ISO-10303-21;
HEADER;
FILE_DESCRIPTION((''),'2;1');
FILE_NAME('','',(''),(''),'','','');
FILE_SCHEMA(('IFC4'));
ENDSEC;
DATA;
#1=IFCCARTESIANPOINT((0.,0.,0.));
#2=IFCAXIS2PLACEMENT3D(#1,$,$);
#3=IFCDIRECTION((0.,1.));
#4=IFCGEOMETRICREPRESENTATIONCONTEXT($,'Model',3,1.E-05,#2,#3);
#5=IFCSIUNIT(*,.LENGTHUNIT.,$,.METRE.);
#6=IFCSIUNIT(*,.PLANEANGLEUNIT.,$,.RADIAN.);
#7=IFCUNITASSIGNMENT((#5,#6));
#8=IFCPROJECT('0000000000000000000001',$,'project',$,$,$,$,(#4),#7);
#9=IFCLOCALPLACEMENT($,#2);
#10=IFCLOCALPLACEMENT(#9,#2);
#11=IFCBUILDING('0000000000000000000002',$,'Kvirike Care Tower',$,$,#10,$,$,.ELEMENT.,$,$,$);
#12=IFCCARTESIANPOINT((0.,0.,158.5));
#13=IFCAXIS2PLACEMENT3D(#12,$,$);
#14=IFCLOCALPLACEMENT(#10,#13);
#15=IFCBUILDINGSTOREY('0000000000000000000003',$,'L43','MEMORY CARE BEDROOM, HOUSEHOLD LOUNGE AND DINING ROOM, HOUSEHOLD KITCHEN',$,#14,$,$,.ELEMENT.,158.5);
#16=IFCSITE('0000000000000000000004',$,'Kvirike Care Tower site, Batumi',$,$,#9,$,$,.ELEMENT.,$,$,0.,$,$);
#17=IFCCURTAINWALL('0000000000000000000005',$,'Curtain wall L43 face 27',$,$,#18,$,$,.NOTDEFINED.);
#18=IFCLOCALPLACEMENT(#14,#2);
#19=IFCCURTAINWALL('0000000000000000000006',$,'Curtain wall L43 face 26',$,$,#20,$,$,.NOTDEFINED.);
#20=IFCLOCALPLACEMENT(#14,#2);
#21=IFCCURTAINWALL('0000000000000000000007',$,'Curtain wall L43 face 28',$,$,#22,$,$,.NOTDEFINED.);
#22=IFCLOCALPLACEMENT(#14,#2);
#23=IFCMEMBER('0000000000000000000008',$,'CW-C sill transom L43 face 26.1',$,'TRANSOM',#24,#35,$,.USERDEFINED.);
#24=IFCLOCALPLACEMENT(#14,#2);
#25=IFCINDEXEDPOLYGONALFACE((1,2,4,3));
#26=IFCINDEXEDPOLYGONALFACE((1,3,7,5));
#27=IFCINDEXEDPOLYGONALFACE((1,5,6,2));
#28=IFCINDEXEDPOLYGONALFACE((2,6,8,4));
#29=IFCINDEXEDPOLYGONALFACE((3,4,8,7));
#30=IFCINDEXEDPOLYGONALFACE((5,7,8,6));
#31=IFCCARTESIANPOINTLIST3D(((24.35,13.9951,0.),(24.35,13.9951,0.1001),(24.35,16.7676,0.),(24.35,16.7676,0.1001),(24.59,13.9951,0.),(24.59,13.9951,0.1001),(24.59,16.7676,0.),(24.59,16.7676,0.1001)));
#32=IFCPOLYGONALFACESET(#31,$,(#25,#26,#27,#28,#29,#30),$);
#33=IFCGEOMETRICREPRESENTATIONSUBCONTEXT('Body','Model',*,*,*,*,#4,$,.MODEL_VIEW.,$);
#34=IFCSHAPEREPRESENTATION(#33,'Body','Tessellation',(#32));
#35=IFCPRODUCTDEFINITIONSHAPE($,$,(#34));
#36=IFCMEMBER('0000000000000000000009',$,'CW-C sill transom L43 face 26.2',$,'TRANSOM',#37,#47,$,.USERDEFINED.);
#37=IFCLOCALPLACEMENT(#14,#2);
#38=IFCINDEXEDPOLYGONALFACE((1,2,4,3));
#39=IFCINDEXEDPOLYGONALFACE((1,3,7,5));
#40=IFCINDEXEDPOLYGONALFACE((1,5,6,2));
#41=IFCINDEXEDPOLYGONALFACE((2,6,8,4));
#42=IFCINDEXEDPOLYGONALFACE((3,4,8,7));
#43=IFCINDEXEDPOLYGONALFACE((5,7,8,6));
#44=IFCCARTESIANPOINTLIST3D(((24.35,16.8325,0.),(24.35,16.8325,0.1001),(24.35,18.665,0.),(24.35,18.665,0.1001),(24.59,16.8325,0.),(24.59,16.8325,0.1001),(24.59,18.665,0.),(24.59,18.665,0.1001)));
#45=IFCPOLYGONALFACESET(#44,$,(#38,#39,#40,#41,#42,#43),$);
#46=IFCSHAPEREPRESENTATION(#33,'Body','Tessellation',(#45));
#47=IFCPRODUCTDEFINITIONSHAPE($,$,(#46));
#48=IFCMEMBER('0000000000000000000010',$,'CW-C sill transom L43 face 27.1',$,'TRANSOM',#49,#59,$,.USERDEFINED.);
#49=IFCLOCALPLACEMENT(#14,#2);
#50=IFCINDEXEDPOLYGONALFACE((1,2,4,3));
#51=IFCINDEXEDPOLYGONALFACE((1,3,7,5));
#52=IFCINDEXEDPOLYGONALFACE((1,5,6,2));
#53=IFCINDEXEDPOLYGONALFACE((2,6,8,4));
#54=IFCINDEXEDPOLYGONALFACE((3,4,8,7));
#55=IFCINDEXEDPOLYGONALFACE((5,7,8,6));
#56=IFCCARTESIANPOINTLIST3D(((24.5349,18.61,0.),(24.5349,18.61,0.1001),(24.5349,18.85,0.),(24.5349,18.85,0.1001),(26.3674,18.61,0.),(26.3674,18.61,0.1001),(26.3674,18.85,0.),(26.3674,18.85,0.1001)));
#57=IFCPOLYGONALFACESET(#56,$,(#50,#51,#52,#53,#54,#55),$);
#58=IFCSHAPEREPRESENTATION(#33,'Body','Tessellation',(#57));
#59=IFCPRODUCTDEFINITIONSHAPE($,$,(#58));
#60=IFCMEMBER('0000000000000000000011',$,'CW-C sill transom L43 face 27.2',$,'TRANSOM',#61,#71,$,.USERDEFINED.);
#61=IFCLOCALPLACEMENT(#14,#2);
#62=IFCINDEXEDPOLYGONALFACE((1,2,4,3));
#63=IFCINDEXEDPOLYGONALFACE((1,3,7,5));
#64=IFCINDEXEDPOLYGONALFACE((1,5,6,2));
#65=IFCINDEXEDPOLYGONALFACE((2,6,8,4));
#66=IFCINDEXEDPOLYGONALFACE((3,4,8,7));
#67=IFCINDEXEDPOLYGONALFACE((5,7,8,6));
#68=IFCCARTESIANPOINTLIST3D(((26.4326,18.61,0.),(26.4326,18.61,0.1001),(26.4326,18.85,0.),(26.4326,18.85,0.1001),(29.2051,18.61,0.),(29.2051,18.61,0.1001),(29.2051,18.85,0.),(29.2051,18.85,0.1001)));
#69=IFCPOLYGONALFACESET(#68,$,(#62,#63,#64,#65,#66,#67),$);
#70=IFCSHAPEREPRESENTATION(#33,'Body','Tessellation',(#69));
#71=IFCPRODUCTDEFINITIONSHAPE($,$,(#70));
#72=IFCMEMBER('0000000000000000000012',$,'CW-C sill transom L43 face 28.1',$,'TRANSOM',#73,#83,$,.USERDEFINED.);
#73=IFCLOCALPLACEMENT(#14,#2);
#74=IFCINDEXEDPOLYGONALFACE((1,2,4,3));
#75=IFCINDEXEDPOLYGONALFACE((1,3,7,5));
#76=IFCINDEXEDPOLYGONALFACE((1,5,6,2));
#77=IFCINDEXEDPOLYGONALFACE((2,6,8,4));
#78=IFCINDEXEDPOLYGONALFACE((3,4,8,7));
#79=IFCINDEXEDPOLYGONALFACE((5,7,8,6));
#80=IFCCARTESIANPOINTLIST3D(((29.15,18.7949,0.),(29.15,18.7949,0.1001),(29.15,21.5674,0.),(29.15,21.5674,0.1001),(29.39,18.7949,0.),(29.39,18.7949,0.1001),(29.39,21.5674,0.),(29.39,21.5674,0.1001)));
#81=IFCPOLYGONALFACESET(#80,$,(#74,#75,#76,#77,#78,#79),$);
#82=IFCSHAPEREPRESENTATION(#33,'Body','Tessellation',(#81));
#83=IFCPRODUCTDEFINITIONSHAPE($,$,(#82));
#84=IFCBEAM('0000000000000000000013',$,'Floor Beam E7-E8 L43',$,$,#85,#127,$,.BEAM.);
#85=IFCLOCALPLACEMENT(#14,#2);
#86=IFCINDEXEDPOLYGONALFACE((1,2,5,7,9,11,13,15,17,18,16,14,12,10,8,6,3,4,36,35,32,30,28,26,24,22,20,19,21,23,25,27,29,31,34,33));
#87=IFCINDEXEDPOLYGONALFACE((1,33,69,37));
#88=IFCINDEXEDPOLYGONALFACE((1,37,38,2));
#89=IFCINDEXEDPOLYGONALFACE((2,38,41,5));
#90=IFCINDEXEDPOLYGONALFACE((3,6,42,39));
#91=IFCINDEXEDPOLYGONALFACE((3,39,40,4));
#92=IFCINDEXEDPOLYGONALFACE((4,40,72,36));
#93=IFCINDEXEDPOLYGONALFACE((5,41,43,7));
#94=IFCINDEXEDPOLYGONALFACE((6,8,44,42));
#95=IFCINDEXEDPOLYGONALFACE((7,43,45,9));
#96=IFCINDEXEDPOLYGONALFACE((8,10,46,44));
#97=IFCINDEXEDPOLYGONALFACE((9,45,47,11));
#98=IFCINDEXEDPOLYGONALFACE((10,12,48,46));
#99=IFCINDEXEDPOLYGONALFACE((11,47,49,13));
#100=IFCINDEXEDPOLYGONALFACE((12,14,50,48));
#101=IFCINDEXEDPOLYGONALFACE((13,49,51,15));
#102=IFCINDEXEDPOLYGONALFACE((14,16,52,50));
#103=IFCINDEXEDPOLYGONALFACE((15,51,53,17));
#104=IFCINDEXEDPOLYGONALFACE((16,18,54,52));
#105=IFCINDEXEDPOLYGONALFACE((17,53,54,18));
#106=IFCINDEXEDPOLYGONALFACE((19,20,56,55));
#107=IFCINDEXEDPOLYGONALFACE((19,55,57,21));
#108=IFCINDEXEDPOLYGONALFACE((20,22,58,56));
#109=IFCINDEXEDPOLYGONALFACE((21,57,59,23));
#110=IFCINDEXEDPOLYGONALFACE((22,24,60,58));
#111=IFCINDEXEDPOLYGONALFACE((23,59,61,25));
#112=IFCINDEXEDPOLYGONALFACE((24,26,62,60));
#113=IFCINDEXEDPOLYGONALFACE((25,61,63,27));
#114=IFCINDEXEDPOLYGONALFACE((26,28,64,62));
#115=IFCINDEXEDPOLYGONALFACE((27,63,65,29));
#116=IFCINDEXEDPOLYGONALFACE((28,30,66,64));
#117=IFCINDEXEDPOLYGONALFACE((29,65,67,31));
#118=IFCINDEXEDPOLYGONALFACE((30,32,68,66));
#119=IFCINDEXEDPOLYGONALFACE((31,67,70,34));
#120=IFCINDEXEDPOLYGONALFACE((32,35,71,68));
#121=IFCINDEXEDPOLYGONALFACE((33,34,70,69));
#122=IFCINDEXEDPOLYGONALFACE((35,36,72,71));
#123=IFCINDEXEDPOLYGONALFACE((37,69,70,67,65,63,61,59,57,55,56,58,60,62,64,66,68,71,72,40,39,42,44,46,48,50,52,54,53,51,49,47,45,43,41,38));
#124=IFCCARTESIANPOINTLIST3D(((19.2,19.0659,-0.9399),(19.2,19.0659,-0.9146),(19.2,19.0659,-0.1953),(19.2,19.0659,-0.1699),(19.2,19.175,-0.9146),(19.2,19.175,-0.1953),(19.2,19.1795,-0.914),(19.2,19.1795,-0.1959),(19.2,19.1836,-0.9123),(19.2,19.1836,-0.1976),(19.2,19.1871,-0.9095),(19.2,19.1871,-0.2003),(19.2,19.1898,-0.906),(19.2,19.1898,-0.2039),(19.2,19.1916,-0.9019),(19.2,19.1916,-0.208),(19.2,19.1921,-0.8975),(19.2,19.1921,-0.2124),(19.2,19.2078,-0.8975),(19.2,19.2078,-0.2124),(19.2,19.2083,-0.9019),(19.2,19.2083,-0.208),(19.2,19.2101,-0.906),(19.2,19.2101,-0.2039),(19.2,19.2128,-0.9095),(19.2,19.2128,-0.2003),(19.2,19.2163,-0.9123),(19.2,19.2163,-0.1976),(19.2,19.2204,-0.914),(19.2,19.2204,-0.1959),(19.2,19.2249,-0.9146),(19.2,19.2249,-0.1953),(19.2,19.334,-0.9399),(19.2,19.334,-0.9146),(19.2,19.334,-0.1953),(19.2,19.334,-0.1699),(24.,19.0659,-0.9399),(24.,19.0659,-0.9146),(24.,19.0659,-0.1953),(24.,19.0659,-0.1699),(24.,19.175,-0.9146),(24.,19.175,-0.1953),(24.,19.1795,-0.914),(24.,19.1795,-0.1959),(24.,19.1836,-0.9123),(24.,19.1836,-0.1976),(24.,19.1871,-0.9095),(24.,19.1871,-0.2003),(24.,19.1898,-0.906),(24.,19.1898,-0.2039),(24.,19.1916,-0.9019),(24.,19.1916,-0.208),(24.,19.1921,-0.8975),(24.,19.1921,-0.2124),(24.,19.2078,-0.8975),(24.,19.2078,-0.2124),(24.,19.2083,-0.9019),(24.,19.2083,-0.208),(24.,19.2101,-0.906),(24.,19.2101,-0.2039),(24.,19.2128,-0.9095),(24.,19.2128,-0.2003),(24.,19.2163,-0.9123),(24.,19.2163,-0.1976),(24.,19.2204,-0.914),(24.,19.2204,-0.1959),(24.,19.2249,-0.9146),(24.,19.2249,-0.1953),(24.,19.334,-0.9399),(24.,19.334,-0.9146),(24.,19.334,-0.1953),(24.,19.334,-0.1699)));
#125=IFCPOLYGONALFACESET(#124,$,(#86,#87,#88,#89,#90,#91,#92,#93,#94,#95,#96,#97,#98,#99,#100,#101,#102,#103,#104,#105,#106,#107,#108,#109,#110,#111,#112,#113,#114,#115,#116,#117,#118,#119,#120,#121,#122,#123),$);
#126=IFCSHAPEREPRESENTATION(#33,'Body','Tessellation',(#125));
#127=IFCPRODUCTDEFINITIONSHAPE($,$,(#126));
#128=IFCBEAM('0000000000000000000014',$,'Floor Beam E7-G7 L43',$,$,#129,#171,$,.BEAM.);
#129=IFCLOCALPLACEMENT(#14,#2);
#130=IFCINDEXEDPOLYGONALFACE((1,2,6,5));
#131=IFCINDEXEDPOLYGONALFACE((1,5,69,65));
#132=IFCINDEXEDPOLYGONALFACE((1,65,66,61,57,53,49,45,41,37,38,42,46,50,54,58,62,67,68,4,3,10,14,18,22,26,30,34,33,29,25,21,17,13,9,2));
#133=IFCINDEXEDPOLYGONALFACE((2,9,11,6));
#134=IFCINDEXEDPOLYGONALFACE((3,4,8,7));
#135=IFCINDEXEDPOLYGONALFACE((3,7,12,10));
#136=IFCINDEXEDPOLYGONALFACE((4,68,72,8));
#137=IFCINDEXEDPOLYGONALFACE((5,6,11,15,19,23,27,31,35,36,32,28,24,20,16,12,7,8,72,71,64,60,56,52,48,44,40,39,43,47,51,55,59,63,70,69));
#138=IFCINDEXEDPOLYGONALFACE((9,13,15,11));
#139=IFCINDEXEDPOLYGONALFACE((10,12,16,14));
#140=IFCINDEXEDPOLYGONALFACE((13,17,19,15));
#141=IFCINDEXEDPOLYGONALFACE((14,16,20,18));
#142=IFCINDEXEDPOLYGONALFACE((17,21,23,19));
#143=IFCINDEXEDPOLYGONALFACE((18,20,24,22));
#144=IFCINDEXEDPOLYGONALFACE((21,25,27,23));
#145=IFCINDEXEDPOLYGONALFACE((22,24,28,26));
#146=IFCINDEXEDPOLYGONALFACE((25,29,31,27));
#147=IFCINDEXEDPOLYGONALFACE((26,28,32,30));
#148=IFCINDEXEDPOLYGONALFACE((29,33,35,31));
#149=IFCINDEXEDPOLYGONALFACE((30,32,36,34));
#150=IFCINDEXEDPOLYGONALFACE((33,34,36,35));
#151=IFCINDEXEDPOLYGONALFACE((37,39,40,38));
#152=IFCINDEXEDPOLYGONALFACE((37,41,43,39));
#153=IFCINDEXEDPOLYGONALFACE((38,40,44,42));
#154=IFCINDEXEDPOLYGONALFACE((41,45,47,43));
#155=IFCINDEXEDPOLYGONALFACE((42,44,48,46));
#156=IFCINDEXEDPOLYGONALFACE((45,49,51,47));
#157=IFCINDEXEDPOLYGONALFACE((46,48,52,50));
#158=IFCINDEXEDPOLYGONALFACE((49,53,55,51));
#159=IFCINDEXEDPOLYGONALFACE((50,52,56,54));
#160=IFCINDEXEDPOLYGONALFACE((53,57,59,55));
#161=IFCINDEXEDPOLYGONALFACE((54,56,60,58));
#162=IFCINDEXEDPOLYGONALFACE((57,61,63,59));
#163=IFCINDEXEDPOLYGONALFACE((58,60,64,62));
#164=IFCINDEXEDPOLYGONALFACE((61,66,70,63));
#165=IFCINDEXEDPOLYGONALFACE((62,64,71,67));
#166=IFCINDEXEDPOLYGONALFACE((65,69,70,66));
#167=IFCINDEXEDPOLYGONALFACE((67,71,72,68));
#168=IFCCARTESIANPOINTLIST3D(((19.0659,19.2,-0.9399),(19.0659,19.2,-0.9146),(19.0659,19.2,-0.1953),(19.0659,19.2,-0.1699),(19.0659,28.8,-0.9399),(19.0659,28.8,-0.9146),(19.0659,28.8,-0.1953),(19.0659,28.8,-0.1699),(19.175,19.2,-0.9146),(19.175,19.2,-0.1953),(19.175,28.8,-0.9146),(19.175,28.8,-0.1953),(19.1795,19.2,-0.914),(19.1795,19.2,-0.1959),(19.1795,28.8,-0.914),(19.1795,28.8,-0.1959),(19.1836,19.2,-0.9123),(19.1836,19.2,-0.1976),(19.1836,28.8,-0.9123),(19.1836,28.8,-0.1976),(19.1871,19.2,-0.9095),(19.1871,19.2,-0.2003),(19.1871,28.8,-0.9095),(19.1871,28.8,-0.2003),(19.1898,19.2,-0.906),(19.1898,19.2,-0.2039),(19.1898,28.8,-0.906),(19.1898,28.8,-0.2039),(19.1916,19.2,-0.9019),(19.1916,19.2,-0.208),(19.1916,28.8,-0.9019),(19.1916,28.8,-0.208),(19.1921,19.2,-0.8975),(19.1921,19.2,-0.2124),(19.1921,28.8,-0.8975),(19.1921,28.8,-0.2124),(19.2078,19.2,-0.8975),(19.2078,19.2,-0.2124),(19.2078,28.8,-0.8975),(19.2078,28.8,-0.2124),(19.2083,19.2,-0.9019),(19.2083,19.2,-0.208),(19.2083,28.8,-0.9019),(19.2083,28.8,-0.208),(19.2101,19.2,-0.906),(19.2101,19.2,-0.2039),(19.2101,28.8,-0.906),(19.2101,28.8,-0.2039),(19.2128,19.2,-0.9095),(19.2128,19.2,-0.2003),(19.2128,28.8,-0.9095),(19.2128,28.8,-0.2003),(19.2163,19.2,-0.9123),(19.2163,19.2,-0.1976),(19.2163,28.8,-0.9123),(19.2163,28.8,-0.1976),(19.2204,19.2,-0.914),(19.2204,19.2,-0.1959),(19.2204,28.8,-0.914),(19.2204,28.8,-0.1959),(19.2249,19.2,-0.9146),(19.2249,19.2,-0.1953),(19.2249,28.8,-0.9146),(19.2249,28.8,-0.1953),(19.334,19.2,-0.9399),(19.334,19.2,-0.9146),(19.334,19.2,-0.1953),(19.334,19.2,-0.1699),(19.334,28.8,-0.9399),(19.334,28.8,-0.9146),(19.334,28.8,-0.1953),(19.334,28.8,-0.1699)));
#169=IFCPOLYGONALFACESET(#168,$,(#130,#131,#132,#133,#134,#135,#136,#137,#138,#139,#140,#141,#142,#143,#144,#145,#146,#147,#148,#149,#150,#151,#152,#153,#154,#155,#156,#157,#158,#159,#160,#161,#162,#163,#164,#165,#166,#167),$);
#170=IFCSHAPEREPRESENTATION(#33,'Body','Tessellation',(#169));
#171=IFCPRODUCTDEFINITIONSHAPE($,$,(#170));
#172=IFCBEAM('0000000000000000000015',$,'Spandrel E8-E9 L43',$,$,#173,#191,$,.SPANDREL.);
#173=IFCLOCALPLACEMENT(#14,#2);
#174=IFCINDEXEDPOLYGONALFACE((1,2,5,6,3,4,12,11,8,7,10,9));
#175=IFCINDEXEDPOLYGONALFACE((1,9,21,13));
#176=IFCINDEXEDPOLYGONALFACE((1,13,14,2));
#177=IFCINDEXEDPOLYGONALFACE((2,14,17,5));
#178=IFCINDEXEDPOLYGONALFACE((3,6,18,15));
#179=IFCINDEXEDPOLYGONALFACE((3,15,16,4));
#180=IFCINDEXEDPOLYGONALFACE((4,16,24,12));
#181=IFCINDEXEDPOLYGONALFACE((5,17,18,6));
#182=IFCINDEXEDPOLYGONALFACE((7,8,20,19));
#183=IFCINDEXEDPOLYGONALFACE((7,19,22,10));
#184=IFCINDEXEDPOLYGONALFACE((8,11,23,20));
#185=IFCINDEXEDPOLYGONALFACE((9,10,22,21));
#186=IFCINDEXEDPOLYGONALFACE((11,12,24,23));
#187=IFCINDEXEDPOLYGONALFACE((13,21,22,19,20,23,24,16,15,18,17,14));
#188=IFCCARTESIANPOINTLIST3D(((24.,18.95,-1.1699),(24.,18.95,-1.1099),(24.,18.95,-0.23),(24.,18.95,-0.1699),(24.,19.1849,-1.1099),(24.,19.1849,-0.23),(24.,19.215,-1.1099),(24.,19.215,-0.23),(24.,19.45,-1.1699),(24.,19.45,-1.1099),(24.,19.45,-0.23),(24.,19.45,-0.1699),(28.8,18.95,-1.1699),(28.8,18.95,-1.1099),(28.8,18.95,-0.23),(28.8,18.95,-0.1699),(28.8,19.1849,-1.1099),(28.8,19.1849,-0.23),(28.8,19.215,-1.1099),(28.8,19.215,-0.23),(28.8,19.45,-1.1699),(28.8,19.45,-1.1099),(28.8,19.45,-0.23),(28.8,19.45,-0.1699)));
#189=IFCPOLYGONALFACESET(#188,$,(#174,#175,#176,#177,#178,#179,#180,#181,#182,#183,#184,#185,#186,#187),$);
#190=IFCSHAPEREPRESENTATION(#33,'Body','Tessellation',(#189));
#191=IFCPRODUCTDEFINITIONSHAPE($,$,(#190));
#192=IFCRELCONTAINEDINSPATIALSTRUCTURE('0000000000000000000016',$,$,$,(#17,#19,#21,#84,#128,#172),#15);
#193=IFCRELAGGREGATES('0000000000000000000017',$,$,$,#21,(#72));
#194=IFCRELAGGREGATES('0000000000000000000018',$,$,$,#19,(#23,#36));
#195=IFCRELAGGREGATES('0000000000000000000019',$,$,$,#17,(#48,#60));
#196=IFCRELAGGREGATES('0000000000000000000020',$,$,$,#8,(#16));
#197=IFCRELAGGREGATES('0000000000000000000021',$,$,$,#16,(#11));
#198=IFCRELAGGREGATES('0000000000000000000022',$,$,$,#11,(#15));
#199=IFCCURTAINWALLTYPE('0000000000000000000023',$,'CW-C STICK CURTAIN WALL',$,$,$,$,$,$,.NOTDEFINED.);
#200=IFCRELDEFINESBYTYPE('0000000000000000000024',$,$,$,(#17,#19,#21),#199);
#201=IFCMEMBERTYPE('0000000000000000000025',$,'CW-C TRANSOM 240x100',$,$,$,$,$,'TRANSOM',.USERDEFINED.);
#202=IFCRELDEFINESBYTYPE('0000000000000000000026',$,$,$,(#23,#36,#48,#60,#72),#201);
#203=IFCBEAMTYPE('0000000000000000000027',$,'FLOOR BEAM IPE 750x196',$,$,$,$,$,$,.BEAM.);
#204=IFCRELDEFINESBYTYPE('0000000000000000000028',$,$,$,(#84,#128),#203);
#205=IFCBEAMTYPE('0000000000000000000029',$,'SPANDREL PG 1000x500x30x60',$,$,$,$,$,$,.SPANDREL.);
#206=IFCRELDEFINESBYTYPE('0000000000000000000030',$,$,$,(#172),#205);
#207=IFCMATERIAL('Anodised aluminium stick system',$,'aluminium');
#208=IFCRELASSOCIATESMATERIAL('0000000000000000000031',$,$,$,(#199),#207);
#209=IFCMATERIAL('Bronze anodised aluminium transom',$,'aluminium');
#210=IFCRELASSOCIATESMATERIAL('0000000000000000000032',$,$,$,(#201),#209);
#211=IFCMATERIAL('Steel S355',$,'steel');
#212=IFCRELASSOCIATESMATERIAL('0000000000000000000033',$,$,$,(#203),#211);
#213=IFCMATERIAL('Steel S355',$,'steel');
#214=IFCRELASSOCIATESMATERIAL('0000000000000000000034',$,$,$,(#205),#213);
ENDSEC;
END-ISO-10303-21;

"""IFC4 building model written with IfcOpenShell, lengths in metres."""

from ifc_helpers import new_model, si_unit, direction, frame, origin, origin_2d, place, context, subcontext, project, spatial, rectangle, i_section, extrude, material, material_profile, profile_set, type_object, element, aggregate, save


model = new_model("IFC4")

# Units and contexts
model_context = context("Model", 3, precision=1e-05, world=origin(), true_north=direction((0.0, 1.0)))
body_context = subcontext(model_context, "Body", "Model", "MODEL_VIEW")
ifc_project = project(units=[si_unit("LENGTHUNIT", "METRE"), si_unit("PLANEANGLEUNIT", "RADIAN")], contexts=[model_context])

# Site, building, storey
site_placement = place(None, origin())
site = spatial("IfcSite", under=ifc_project, at=site_placement, Name="Kvirike Care Tower site, Batumi", CompositionType="ELEMENT", RefElevation=0.0)
building_placement = place(site_placement, origin())
building = spatial("IfcBuilding", under=site, at=building_placement, Name="Kvirike Care Tower", CompositionType="ELEMENT")
storey_placement = place(building_placement, frame((0.0, 0.0, 158.5)))
storey = spatial("IfcBuildingStorey", under=building, at=storey_placement, Name="L43", Description="MEMORY CARE BEDROOM, HOUSEHOLD LOUNGE AND DINING ROOM, HOUSEHOLD KITCHEN", CompositionType="ELEMENT", Elevation=158.5)

# Curtain wall
ifc_material_1 = material(Name="Anodised aluminium stick system", Category="aluminium")
curtain_wall_type = type_object("IfcCurtainWallType", Name="CW-C STICK CURTAIN WALL", PredefinedType="NOTDEFINED", material=ifc_material_1)
curtain_wall_1_placement = place(storey_placement, origin())
curtain_wall_1 = element("IfcCurtainWall", 1, at=curtain_wall_1_placement, inside=storey, type_object=curtain_wall_type, Name="Curtain wall L43 face 27", PredefinedType="NOTDEFINED")

# Curtain wall
curtain_wall_2_placement = place(storey_placement, origin())
curtain_wall_2 = element("IfcCurtainWall", 2, at=curtain_wall_2_placement, inside=storey, type_object=curtain_wall_type, Name="Curtain wall L43 face 26", PredefinedType="NOTDEFINED")

# Curtain wall
curtain_wall_3_placement = place(storey_placement, origin())
curtain_wall_3 = element("IfcCurtainWall", 3, at=curtain_wall_3_placement, inside=storey, type_object=curtain_wall_type, Name="Curtain wall L43 face 28", PredefinedType="NOTDEFINED")

# Members
ifc_material_2 = material(Name="Bronze anodised aluminium transom", Category="aluminium")
ifc_material_profile_1 = material_profile(ifc_material_2, rectangle(XDim=0.24, YDim=0.1001, at=origin_2d()), Name="CW-C TRANSOM 240x100")
ifc_profile_set_1 = profile_set([ifc_material_profile_1], Name="Bronze anodised aluminium transom")
member_type_1 = type_object("IfcMemberType", Name="CW-C TRANSOM 240x100", ElementType="TRANSOM", PredefinedType="USERDEFINED", material=ifc_profile_set_1)
member_1_placement = place(storey_placement, frame((24.47, 13.9951, 0.05), z_axis=(0.0, 1.0, 0.0), x_axis=(-1.0, 0.0, 0.0)))
member_1 = element("IfcMember", 4, at=member_1_placement, type_object=member_type_1, Name="CW-C sill transom L43 face 26.1", ObjectType="TRANSOM", PredefinedType="USERDEFINED", context=body_context, shape_type="SweptSolid", body=[
    extrude(rectangle(XDim=0.24, YDim=0.1001, at=origin_2d()), origin(), (0.0, 0.0, 1.0), 2.7725),
])
member_2_placement = place(storey_placement, frame((24.47, 16.8325, 0.05), z_axis=(0.0, 1.0, 0.0), x_axis=(-1.0, 0.0, 0.0)))
member_2 = element("IfcMember", 5, at=member_2_placement, type_object=member_type_1, Name="CW-C sill transom L43 face 26.2", ObjectType="TRANSOM", PredefinedType="USERDEFINED", context=body_context, shape_type="SweptSolid", body=[
    extrude(rectangle(XDim=0.24, YDim=0.1001, at=origin_2d()), origin(), (0.0, 0.0, 1.0), 1.8325),
])
member_3_placement = place(storey_placement, frame((24.5349, 18.73, 0.05), z_axis=(1.0, 0.0, 0.0), x_axis=(0.0, 1.0, 0.0)))
member_3 = element("IfcMember", 6, at=member_3_placement, type_object=member_type_1, Name="CW-C sill transom L43 face 27.1", ObjectType="TRANSOM", PredefinedType="USERDEFINED", context=body_context, shape_type="SweptSolid", body=[
    extrude(rectangle(XDim=0.24, YDim=0.1001, at=origin_2d()), origin(), (0.0, 0.0, 1.0), 1.8325),
])
member_4_placement = place(storey_placement, frame((26.4326, 18.73, 0.05), z_axis=(1.0, 0.0, 0.0), x_axis=(0.0, 1.0, 0.0)))
member_4 = element("IfcMember", 7, at=member_4_placement, type_object=member_type_1, Name="CW-C sill transom L43 face 27.2", ObjectType="TRANSOM", PredefinedType="USERDEFINED", context=body_context, shape_type="SweptSolid", body=[
    extrude(rectangle(XDim=0.24, YDim=0.1001, at=origin_2d()), origin(), (0.0, 0.0, 1.0), 2.7725),
])
member_5_placement = place(storey_placement, frame((29.27, 18.7949, 0.05), z_axis=(0.0, 1.0, 0.0), x_axis=(-1.0, 0.0, 0.0)))
member_5 = element("IfcMember", 8, at=member_5_placement, type_object=member_type_1, Name="CW-C sill transom L43 face 28.1", ObjectType="TRANSOM", PredefinedType="USERDEFINED", context=body_context, shape_type="SweptSolid", body=[
    extrude(rectangle(XDim=0.24, YDim=0.1001, at=origin_2d()), origin(), (0.0, 0.0, 1.0), 2.7725),
])
aggregate(curtain_wall_3, [member_5])

# Beams
ifc_material_3 = material(Name="Steel S355", Category="steel")
ifc_material_profile_2 = material_profile(ifc_material_3, i_section(OverallWidth=0.2681, OverallDepth=0.77, WebThickness=0.0156, FlangeThickness=0.0254, FilletRadius=0.0171, at=origin_2d()), Name="IPE 750x196")
ifc_profile_set_2 = profile_set([ifc_material_profile_2], Name="Steel S355")
beam_type_1 = type_object("IfcBeamType", Name="FLOOR BEAM IPE 750x196", PredefinedType="BEAM", material=ifc_profile_set_2)
beam_1_placement = place(storey_placement, frame((19.2, 19.2, -0.5549), z_axis=(1.0, 0.0, 0.0), x_axis=(0.0, 1.0, 0.0)))
element("IfcBeam", 9, at=beam_1_placement, inside=storey, type_object=beam_type_1, Name="Floor Beam E7-E8 L43", PredefinedType="BEAM", context=body_context, shape_type="SweptSolid", body=[
    extrude(i_section(OverallWidth=0.2681, OverallDepth=0.77, WebThickness=0.0156, FlangeThickness=0.0254, FilletRadius=0.0171, at=origin_2d()), origin(), (0.0, 0.0, 1.0), 4.8),
])
beam_2_placement = place(storey_placement, frame((19.2, 19.2, -0.5549), z_axis=(0.0, 1.0, 0.0), x_axis=(-1.0, 0.0, 0.0)))
element("IfcBeam", 10, at=beam_2_placement, inside=storey, type_object=beam_type_1, Name="Floor Beam E7-G7 L43", PredefinedType="BEAM", context=body_context, shape_type="SweptSolid", body=[
    extrude(i_section(OverallWidth=0.2681, OverallDepth=0.77, WebThickness=0.0156, FlangeThickness=0.0254, FilletRadius=0.0171, at=origin_2d()), origin(), (0.0, 0.0, 1.0), 9.6001),
])
ifc_material_4 = material(Name="Steel S355", Category="steel")
ifc_material_profile_3 = material_profile(ifc_material_4, i_section(OverallWidth=0.5, OverallDepth=1.0, WebThickness=0.03, FlangeThickness=0.0601, at=origin_2d()), Name="PG 1000x500x30x60")
ifc_profile_set_3 = profile_set([ifc_material_profile_3], Name="Steel S355")
beam_type_2 = type_object("IfcBeamType", Name="SPANDREL PG 1000x500x30x60", PredefinedType="SPANDREL", material=ifc_profile_set_3)
for number, where, z_axis, x_axis, name in (
    (11, (24.0, 19.2, -0.6699), (1.0, 0.0, 0.0), (0.0, 1.0, 0.0), "Spandrel E8-E9 L43"),
):
    element("IfcBeam", number, at=place(storey_placement, frame(where, z_axis=z_axis, x_axis=x_axis)), inside=storey, type_object=beam_type_2, Name=name, PredefinedType="SPANDREL", context=body_context, shape_type="SweptSolid", body=[
        extrude(i_section(OverallWidth=0.5, OverallDepth=1.0, WebThickness=0.03, FlangeThickness=0.0601, at=origin_2d()), origin(), (0.0, 0.0, 1.0), 4.8),
    ])

aggregate(curtain_wall_2, [member_1, member_2])
aggregate(curtain_wall_1, [member_3, member_4])

save(model, "model.ifc")
